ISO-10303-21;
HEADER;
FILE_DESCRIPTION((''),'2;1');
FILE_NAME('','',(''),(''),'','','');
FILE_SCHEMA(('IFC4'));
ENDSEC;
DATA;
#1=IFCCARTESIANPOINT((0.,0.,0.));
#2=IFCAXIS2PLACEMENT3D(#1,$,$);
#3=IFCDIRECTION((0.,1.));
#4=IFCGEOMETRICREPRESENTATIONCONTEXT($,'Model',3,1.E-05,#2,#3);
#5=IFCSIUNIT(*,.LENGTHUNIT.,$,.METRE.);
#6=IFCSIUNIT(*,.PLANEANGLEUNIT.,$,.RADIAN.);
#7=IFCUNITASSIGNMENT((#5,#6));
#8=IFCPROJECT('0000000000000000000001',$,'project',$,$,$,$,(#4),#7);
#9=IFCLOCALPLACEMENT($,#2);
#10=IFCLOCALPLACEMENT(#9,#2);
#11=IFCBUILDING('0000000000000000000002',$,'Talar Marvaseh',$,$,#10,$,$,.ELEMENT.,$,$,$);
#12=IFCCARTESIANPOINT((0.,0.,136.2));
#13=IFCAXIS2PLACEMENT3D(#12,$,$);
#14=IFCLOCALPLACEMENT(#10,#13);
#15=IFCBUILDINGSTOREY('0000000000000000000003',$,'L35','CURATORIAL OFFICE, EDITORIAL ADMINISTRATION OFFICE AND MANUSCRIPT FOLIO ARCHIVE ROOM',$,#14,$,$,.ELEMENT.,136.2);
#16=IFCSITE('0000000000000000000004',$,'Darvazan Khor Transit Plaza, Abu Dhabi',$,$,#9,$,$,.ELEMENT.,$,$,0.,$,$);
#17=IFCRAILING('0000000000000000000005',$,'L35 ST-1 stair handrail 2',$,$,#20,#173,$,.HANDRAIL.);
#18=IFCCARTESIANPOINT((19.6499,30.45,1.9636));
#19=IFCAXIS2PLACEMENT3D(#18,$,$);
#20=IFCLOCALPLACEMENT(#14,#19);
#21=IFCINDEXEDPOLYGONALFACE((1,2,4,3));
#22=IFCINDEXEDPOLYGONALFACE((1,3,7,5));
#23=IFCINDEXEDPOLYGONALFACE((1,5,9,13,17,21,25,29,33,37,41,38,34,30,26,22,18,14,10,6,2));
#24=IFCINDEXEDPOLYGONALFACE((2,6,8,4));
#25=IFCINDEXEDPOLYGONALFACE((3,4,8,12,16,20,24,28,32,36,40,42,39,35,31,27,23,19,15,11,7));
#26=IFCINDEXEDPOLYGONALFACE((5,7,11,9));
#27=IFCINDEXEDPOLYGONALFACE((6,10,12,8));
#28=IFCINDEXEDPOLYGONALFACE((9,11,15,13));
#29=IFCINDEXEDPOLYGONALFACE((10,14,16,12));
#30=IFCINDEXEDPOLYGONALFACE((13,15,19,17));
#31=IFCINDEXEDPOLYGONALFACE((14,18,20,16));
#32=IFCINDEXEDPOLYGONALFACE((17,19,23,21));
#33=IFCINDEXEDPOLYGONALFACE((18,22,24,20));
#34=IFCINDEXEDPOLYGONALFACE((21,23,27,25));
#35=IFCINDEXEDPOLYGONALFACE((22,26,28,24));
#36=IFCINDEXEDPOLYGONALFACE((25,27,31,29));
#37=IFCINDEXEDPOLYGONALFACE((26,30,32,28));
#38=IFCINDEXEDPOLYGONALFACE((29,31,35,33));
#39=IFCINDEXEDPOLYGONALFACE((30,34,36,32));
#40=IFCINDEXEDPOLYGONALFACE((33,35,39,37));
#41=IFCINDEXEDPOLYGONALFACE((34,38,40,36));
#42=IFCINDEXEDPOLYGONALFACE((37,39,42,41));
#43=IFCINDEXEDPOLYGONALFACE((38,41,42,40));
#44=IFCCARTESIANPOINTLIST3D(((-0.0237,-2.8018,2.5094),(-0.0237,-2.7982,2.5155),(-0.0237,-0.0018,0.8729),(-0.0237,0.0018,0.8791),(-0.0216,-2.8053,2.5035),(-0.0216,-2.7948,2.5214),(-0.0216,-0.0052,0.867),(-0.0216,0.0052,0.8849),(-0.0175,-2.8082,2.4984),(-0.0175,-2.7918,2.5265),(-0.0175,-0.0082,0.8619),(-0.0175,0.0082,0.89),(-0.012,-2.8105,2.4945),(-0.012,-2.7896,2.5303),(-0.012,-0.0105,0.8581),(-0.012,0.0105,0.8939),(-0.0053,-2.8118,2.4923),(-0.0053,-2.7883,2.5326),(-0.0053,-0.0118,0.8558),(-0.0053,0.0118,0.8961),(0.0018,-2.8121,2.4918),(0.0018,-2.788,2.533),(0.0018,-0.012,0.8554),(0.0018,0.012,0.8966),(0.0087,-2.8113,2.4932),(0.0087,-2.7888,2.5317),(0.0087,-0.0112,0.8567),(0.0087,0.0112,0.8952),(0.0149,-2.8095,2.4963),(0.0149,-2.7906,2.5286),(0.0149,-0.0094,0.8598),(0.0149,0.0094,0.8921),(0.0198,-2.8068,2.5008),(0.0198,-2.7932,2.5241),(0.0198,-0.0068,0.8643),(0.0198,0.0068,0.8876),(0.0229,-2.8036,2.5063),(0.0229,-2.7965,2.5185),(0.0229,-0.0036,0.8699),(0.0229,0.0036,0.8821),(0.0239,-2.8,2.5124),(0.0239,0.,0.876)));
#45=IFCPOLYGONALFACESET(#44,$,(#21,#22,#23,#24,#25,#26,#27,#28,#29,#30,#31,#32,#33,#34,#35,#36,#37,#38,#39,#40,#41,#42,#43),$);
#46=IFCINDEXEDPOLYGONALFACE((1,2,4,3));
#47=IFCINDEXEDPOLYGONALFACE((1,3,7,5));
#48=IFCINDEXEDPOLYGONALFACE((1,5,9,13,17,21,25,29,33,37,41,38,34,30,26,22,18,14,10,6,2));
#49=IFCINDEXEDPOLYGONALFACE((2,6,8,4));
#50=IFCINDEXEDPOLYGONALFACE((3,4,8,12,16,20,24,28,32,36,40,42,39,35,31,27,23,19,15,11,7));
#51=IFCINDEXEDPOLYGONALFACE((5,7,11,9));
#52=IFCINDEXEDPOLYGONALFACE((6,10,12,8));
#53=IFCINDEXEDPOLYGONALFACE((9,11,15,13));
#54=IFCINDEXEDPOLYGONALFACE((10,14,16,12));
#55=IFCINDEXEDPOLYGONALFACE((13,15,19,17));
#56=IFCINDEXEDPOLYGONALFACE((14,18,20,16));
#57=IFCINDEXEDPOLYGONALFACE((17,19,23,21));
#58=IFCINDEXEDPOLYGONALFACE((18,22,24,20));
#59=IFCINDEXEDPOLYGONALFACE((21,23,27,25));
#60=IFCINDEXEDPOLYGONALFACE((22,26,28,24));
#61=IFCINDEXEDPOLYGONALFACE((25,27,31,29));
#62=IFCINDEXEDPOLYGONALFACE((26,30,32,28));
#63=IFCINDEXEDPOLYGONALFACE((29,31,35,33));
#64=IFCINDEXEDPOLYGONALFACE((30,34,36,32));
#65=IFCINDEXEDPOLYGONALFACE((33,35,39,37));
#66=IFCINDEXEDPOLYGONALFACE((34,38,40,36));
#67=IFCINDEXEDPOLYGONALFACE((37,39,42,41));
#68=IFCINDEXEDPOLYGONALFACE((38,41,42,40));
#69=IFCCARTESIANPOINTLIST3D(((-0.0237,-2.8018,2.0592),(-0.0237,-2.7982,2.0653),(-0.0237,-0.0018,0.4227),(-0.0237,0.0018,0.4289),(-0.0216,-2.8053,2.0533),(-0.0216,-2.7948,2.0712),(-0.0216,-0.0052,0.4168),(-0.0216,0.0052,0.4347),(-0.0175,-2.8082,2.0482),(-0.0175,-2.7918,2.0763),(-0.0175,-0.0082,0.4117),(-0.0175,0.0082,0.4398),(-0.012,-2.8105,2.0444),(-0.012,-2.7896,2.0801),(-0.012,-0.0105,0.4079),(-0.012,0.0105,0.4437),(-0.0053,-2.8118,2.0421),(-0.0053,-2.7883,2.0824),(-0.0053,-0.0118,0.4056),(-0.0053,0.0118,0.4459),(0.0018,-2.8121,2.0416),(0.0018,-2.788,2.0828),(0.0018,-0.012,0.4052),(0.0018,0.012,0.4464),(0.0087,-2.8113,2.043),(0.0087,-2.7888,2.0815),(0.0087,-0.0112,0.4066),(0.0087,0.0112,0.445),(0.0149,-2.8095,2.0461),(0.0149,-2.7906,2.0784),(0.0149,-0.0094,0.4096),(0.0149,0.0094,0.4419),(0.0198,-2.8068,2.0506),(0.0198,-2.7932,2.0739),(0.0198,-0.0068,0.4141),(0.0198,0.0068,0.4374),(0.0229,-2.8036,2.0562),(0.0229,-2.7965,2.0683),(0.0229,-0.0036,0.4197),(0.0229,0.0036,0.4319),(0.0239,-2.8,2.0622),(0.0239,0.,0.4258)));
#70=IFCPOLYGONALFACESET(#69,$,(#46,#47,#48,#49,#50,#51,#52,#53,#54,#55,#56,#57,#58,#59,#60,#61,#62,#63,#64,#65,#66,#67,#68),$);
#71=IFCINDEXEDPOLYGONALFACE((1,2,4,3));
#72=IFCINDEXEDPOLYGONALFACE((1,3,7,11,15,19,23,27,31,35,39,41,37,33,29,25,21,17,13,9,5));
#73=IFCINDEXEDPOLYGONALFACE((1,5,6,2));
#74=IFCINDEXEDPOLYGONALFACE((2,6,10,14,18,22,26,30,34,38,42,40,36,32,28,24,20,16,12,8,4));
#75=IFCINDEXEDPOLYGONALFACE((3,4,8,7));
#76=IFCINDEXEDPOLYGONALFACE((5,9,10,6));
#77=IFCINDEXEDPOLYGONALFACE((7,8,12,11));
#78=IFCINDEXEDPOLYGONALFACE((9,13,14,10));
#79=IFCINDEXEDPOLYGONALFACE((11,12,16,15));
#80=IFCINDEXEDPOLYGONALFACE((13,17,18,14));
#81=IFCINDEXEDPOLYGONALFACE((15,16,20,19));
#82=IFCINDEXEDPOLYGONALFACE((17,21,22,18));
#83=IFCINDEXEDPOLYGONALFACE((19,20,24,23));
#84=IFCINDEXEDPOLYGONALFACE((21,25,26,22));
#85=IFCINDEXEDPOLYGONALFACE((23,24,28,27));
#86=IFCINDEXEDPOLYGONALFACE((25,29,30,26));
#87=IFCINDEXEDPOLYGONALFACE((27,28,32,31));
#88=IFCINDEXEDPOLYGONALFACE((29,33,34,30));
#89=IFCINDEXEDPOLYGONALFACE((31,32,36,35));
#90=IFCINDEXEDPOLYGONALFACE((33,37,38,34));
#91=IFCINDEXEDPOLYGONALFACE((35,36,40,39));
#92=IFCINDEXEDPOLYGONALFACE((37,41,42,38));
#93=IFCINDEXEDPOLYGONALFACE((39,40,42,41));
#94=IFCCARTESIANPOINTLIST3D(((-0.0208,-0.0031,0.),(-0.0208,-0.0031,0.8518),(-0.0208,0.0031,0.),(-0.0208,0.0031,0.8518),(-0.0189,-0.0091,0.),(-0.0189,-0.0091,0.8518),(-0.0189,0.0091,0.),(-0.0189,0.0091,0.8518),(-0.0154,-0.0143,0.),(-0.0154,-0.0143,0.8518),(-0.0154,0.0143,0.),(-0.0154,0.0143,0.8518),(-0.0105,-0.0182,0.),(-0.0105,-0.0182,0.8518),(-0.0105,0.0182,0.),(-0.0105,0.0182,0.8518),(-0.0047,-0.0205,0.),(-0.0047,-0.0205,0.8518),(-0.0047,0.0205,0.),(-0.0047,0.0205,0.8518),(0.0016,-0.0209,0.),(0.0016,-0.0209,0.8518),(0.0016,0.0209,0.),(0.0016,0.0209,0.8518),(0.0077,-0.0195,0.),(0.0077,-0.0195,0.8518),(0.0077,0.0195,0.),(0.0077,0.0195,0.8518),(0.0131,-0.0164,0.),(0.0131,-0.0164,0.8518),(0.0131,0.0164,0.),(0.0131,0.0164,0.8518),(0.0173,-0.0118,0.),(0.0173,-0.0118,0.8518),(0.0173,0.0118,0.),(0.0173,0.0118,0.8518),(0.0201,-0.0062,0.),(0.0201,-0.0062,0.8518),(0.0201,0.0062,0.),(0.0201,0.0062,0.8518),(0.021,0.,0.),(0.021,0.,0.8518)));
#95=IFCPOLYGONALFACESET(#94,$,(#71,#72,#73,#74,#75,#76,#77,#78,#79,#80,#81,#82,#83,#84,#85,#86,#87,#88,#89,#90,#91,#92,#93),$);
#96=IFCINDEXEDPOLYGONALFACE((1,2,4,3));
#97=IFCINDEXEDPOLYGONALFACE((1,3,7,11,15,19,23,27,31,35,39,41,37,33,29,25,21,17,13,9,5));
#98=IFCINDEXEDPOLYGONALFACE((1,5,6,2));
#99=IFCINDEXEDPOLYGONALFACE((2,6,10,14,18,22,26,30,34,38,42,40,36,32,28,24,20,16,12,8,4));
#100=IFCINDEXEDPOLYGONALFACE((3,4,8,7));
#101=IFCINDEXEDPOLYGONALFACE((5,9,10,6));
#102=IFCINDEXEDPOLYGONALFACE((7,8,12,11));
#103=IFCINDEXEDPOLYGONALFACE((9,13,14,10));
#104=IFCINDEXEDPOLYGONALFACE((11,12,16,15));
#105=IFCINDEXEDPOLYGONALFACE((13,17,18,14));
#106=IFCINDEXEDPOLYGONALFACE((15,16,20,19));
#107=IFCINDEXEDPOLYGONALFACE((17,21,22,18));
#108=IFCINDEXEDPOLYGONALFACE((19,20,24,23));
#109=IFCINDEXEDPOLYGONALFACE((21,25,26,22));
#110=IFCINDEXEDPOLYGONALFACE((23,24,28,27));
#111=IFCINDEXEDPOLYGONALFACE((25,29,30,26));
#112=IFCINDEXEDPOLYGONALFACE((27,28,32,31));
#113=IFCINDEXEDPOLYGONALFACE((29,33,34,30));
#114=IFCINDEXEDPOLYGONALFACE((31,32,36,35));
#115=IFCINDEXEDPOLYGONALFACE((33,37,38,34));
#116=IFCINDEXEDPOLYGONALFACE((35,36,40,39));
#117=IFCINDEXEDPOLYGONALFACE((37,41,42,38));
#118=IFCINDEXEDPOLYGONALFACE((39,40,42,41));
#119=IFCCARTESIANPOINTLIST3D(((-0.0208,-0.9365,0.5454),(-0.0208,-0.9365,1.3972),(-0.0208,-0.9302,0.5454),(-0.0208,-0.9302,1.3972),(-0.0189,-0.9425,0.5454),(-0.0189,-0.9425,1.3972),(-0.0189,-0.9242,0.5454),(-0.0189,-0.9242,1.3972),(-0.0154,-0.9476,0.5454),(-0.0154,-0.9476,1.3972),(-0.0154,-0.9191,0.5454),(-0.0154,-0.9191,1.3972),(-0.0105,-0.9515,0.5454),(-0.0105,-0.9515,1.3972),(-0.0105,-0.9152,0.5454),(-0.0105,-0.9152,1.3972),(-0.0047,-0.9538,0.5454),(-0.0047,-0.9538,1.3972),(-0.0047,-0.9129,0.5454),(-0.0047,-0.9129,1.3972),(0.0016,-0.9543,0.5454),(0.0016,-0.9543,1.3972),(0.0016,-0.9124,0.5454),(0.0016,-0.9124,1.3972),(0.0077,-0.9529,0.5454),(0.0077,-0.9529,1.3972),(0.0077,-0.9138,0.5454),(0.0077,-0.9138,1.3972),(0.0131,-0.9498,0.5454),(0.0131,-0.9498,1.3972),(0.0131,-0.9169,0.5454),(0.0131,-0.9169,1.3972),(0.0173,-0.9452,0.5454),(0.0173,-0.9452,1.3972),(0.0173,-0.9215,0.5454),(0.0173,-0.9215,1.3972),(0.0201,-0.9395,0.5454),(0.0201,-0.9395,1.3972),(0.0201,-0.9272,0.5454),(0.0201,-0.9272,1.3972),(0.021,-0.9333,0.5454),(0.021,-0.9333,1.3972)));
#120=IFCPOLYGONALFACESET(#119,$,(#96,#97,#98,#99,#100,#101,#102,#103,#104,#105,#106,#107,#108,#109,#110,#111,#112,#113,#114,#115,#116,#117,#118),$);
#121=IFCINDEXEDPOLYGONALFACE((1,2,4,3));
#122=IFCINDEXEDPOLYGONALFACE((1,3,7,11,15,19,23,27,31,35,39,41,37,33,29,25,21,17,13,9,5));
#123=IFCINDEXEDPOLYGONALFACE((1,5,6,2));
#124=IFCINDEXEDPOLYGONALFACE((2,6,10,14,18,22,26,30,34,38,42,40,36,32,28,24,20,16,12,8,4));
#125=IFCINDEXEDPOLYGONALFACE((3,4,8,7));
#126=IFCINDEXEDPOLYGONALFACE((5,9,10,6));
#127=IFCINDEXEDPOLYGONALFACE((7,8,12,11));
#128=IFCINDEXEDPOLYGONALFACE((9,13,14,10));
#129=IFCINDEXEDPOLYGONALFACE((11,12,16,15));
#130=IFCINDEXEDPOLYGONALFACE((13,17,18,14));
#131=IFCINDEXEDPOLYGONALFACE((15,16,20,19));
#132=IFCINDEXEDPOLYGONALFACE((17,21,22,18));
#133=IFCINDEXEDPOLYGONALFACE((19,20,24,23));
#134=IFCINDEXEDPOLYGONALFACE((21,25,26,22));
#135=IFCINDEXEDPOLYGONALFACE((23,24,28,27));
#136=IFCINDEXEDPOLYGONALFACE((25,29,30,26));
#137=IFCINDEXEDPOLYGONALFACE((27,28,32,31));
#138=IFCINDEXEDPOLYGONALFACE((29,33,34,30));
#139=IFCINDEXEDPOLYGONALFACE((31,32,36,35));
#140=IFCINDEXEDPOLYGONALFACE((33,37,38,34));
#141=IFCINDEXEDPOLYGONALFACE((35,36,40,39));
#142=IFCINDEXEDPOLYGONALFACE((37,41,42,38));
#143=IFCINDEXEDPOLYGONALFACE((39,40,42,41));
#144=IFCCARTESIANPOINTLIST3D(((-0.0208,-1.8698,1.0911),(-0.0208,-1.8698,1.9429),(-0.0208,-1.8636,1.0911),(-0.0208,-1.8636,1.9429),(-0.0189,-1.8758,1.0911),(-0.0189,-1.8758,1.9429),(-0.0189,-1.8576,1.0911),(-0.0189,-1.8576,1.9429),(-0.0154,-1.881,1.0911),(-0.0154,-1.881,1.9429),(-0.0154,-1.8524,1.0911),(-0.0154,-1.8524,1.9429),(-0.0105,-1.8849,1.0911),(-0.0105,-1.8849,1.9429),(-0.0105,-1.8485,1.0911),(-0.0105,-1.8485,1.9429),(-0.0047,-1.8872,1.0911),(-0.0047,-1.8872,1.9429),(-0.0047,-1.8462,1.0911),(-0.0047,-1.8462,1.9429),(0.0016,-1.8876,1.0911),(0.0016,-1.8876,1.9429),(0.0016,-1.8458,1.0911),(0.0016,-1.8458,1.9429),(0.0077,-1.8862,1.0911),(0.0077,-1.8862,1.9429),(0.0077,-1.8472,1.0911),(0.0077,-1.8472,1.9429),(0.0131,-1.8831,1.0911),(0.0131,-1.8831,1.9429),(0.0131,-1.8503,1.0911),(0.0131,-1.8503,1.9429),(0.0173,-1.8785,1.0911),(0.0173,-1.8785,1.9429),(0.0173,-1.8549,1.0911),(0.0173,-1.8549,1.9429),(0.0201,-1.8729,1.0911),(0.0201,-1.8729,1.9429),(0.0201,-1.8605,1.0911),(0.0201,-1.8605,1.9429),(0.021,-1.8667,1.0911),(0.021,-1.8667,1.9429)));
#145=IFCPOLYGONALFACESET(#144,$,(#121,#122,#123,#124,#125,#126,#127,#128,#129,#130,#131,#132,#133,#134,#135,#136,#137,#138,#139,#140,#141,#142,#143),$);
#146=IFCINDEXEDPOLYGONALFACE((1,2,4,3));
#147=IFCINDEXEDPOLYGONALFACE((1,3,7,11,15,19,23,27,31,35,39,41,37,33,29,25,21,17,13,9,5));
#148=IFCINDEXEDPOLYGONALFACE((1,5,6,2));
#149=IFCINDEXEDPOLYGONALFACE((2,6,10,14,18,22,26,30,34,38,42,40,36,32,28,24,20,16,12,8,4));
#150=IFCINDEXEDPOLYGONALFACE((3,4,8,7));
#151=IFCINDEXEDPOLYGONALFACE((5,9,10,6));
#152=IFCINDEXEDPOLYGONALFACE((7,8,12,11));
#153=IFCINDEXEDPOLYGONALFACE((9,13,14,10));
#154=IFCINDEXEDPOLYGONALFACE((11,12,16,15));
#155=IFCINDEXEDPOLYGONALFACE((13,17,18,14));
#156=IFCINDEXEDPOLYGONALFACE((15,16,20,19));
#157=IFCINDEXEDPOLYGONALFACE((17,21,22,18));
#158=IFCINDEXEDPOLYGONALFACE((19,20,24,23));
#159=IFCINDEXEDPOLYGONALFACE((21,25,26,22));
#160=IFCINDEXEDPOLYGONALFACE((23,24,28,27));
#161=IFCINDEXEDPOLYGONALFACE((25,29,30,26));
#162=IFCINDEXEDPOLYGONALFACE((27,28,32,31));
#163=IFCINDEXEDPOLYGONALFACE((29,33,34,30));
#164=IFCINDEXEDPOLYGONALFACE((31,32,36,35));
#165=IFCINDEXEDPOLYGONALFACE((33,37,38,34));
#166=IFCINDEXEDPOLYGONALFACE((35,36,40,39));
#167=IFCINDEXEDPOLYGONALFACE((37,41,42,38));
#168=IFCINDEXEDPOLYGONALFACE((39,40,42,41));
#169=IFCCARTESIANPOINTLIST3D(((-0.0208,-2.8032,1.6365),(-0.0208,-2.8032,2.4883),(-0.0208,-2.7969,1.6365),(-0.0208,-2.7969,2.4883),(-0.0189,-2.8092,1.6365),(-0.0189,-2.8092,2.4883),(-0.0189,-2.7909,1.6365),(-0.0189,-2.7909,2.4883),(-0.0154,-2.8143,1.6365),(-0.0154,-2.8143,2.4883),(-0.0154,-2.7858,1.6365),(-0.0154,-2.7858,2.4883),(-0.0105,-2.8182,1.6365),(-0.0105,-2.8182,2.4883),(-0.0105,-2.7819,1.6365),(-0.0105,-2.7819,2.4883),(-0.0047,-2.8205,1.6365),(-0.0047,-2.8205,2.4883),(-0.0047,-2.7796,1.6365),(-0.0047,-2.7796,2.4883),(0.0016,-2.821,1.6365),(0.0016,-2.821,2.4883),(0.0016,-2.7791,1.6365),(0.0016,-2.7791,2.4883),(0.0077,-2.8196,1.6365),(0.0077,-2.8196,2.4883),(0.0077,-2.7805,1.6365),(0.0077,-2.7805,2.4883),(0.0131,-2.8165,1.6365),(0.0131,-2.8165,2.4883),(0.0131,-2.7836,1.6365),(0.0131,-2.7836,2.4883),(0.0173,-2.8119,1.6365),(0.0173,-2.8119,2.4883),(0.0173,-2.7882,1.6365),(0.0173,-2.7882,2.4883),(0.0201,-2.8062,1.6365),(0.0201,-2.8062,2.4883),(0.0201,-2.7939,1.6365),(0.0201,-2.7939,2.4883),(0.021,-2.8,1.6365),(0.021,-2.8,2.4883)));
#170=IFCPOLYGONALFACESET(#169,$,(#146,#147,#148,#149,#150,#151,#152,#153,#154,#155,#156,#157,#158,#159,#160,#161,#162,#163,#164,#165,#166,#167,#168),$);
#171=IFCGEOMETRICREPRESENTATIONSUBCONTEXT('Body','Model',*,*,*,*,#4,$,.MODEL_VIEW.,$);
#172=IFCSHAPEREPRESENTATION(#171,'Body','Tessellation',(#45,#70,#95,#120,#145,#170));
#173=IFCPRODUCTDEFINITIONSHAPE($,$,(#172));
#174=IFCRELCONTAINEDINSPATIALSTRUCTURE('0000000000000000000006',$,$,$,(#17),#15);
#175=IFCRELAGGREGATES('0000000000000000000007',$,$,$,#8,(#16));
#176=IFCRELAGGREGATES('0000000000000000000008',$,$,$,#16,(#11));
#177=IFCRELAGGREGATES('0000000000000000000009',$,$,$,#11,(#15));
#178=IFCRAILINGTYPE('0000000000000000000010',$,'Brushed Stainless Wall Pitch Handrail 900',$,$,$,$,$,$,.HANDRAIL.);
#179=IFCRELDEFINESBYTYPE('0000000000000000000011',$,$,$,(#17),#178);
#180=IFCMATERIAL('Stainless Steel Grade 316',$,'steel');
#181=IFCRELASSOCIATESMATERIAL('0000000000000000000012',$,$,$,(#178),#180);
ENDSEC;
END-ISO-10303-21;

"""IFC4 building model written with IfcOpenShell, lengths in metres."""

from ifc_helpers import new_model, si_unit, direction, frame, origin, origin_2d, place, context, subcontext, project, spatial, circle, extrude, material, type_object, element, save


model = new_model("IFC4")

# Units and contexts
model_context = context("Model", 3, precision=1e-05, world=origin(), true_north=direction((0.0, 1.0)))
body_context = subcontext(model_context, "Body", "Model", "MODEL_VIEW")
ifc_project = project(units=[si_unit("LENGTHUNIT", "METRE"), si_unit("PLANEANGLEUNIT", "RADIAN")], contexts=[model_context])

# Site, building, storey
site_placement = place(None, origin())
site = spatial("IfcSite", under=ifc_project, at=site_placement, Name="Darvazan Khor Transit Plaza, Abu Dhabi", CompositionType="ELEMENT", RefElevation=0.0)
building_placement = place(site_placement, origin())
building = spatial("IfcBuilding", under=site, at=building_placement, Name="Talar Marvaseh", CompositionType="ELEMENT")
storey_placement = place(building_placement, frame((0.0, 0.0, 136.2)))
storey = spatial("IfcBuildingStorey", under=building, at=storey_placement, Name="L35", Description="CURATORIAL OFFICE, EDITORIAL ADMINISTRATION OFFICE AND MANUSCRIPT FOLIO ARCHIVE ROOM", CompositionType="ELEMENT", Elevation=136.2)

# Railing
ifc_material_1 = material(Name="Stainless Steel Grade 316", Category="steel")
railing_type_1 = type_object("IfcRailingType", Name="Brushed Stainless Wall Pitch Handrail 900", PredefinedType="HANDRAIL", material=ifc_material_1)
railing_1_placement = place(storey_placement, frame((19.6499, 30.45, 1.9636)))
element("IfcRailing", 1, at=railing_1_placement, inside=storey, type_object=railing_type_1, Name="L35 ST-1 stair handrail 2", PredefinedType="HANDRAIL", context=body_context, shape_type="SweptSolid", body=[
    extrude(circle(Radius=0.0239, at=origin_2d()), frame((0.0, 0.0, 0.876), z_axis=(0.0, -0.863361, 0.504587), x_axis=(1.0, 0.0, 0.0)), (0.0, 0.0, 1.0), 3.2432),
    extrude(circle(Radius=0.0239, at=origin_2d()), frame((0.0, 0.0, 0.4258), z_axis=(0.0, -0.863361, 0.504587), x_axis=(1.0, 0.0, 0.0)), (0.0, 0.0, 1.0), 3.2432),
    extrude(circle(Radius=0.021, at=origin_2d()), origin(), (0.0, 0.0, 1.0), 0.8518),
    extrude(circle(Radius=0.021, at=origin_2d()), frame((0.0, -0.9333, 0.5454)), (0.0, 0.0, 1.0), 0.8518),
    extrude(circle(Radius=0.021, at=origin_2d()), frame((0.0, -1.8667, 1.0911)), (0.0, 0.0, 1.0), 0.8518),
    extrude(circle(Radius=0.021, at=origin_2d()), frame((0.0, -2.8, 1.6365)), (0.0, 0.0, 1.0), 0.8518),
])

save(model, "model.ifc")
